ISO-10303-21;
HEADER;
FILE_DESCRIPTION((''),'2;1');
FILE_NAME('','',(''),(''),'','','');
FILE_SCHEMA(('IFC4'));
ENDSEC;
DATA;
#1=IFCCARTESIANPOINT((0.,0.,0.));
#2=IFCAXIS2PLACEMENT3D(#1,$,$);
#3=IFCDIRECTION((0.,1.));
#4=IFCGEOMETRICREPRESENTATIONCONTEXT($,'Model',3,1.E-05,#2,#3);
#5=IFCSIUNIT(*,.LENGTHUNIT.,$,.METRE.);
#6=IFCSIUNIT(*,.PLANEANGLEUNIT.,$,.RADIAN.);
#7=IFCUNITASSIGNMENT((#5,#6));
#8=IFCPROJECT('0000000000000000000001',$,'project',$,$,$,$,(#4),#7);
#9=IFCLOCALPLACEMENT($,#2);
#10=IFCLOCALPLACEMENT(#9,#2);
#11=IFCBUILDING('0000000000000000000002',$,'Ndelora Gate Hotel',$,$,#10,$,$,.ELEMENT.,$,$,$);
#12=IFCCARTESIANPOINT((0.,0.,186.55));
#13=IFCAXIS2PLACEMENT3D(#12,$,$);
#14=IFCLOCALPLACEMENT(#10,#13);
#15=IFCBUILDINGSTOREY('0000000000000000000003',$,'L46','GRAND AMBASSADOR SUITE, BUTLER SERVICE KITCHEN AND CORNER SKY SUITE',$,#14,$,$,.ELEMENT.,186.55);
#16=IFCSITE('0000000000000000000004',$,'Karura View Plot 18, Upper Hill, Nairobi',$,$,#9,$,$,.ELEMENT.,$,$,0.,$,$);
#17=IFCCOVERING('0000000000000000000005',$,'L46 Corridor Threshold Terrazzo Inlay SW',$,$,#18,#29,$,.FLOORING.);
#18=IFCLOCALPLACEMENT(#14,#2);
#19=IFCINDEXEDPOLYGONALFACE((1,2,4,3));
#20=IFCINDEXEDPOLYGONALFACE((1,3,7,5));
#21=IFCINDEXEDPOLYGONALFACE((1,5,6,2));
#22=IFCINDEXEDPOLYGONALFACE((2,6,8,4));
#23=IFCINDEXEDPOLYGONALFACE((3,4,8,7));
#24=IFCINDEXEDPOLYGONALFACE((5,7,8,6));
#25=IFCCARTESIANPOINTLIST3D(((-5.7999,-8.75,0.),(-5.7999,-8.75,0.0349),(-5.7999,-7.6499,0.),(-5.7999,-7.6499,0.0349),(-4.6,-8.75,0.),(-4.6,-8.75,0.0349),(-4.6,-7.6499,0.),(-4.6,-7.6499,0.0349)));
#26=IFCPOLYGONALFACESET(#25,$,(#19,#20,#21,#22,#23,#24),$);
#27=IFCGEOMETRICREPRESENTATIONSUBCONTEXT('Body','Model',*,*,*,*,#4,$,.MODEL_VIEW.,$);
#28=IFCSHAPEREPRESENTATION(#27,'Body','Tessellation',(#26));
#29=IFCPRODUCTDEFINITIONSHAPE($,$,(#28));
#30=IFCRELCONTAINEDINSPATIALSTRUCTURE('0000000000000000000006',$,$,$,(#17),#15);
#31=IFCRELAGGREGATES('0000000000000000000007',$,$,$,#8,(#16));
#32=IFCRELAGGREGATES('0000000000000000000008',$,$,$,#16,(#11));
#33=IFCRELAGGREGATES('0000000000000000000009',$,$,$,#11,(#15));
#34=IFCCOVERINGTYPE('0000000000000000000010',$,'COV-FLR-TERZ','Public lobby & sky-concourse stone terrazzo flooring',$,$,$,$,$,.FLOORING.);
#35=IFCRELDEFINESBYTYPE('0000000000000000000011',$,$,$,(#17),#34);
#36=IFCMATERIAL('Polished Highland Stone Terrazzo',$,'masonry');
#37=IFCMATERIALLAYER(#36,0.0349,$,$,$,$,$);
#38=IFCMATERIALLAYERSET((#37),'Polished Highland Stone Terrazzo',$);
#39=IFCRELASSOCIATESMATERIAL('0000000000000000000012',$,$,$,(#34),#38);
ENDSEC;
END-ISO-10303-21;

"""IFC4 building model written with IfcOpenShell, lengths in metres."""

from ifc_helpers import new_model, si_unit, direction, frame, origin, origin_2d, place, context, subcontext, project, spatial, rectangle, extrude, material, layer, layer_set, type_object, element, save


model = new_model("IFC4")

# Units and contexts
model_context = context("Model", 3, precision=1e-05, world=origin(), true_north=direction((0.0, 1.0)))
body_context = subcontext(model_context, "Body", "Model", "MODEL_VIEW")
ifc_project = project(units=[si_unit("LENGTHUNIT", "METRE"), si_unit("PLANEANGLEUNIT", "RADIAN")], contexts=[model_context])

# Site, building, storey
site_placement = place(None, origin())
site = spatial("IfcSite", under=ifc_project, at=site_placement, Name="Karura View Plot 18, Upper Hill, Nairobi", CompositionType="ELEMENT", RefElevation=0.0)
building_placement = place(site_placement, origin())
building = spatial("IfcBuilding", under=site, at=building_placement, Name="Ndelora Gate Hotel", CompositionType="ELEMENT")
storey_placement = place(building_placement, frame((0.0, 0.0, 186.55)))
storey = spatial("IfcBuildingStorey", under=building, at=storey_placement, Name="L46", Description="GRAND AMBASSADOR SUITE, BUTLER SERVICE KITCHEN AND CORNER SKY SUITE", CompositionType="ELEMENT", Elevation=186.55)

# Covering
ifc_material_1 = material(Name="Polished Highland Stone Terrazzo", Category="masonry")
ifc_layer_1 = layer(ifc_material_1, 0.0349)
ifc_layer_set_1 = layer_set([ifc_layer_1], Name="Polished Highland Stone Terrazzo")
covering_type_1 = type_object("IfcCoveringType", Name="COV-FLR-TERZ", Description="Public lobby & sky-concourse stone terrazzo flooring", PredefinedType="FLOORING", material=ifc_layer_set_1)
covering_1_placement = place(storey_placement, frame((-5.2, -8.2, 0.0), z_axis=(0.0, 0.0, 1.0), x_axis=(1.0, 0.0, 0.0)))
element("IfcCovering", 1, at=covering_1_placement, inside=storey, type_object=covering_type_1, Name="L46 Corridor Threshold Terrazzo Inlay SW", PredefinedType="FLOORING", context=body_context, shape_type="SweptSolid", body=[
    extrude(rectangle(XDim=1.2, YDim=1.1001, at=origin_2d()), origin(), (0.0, 0.0, 1.0), 0.0349),
])

save(model, "model.ifc")
